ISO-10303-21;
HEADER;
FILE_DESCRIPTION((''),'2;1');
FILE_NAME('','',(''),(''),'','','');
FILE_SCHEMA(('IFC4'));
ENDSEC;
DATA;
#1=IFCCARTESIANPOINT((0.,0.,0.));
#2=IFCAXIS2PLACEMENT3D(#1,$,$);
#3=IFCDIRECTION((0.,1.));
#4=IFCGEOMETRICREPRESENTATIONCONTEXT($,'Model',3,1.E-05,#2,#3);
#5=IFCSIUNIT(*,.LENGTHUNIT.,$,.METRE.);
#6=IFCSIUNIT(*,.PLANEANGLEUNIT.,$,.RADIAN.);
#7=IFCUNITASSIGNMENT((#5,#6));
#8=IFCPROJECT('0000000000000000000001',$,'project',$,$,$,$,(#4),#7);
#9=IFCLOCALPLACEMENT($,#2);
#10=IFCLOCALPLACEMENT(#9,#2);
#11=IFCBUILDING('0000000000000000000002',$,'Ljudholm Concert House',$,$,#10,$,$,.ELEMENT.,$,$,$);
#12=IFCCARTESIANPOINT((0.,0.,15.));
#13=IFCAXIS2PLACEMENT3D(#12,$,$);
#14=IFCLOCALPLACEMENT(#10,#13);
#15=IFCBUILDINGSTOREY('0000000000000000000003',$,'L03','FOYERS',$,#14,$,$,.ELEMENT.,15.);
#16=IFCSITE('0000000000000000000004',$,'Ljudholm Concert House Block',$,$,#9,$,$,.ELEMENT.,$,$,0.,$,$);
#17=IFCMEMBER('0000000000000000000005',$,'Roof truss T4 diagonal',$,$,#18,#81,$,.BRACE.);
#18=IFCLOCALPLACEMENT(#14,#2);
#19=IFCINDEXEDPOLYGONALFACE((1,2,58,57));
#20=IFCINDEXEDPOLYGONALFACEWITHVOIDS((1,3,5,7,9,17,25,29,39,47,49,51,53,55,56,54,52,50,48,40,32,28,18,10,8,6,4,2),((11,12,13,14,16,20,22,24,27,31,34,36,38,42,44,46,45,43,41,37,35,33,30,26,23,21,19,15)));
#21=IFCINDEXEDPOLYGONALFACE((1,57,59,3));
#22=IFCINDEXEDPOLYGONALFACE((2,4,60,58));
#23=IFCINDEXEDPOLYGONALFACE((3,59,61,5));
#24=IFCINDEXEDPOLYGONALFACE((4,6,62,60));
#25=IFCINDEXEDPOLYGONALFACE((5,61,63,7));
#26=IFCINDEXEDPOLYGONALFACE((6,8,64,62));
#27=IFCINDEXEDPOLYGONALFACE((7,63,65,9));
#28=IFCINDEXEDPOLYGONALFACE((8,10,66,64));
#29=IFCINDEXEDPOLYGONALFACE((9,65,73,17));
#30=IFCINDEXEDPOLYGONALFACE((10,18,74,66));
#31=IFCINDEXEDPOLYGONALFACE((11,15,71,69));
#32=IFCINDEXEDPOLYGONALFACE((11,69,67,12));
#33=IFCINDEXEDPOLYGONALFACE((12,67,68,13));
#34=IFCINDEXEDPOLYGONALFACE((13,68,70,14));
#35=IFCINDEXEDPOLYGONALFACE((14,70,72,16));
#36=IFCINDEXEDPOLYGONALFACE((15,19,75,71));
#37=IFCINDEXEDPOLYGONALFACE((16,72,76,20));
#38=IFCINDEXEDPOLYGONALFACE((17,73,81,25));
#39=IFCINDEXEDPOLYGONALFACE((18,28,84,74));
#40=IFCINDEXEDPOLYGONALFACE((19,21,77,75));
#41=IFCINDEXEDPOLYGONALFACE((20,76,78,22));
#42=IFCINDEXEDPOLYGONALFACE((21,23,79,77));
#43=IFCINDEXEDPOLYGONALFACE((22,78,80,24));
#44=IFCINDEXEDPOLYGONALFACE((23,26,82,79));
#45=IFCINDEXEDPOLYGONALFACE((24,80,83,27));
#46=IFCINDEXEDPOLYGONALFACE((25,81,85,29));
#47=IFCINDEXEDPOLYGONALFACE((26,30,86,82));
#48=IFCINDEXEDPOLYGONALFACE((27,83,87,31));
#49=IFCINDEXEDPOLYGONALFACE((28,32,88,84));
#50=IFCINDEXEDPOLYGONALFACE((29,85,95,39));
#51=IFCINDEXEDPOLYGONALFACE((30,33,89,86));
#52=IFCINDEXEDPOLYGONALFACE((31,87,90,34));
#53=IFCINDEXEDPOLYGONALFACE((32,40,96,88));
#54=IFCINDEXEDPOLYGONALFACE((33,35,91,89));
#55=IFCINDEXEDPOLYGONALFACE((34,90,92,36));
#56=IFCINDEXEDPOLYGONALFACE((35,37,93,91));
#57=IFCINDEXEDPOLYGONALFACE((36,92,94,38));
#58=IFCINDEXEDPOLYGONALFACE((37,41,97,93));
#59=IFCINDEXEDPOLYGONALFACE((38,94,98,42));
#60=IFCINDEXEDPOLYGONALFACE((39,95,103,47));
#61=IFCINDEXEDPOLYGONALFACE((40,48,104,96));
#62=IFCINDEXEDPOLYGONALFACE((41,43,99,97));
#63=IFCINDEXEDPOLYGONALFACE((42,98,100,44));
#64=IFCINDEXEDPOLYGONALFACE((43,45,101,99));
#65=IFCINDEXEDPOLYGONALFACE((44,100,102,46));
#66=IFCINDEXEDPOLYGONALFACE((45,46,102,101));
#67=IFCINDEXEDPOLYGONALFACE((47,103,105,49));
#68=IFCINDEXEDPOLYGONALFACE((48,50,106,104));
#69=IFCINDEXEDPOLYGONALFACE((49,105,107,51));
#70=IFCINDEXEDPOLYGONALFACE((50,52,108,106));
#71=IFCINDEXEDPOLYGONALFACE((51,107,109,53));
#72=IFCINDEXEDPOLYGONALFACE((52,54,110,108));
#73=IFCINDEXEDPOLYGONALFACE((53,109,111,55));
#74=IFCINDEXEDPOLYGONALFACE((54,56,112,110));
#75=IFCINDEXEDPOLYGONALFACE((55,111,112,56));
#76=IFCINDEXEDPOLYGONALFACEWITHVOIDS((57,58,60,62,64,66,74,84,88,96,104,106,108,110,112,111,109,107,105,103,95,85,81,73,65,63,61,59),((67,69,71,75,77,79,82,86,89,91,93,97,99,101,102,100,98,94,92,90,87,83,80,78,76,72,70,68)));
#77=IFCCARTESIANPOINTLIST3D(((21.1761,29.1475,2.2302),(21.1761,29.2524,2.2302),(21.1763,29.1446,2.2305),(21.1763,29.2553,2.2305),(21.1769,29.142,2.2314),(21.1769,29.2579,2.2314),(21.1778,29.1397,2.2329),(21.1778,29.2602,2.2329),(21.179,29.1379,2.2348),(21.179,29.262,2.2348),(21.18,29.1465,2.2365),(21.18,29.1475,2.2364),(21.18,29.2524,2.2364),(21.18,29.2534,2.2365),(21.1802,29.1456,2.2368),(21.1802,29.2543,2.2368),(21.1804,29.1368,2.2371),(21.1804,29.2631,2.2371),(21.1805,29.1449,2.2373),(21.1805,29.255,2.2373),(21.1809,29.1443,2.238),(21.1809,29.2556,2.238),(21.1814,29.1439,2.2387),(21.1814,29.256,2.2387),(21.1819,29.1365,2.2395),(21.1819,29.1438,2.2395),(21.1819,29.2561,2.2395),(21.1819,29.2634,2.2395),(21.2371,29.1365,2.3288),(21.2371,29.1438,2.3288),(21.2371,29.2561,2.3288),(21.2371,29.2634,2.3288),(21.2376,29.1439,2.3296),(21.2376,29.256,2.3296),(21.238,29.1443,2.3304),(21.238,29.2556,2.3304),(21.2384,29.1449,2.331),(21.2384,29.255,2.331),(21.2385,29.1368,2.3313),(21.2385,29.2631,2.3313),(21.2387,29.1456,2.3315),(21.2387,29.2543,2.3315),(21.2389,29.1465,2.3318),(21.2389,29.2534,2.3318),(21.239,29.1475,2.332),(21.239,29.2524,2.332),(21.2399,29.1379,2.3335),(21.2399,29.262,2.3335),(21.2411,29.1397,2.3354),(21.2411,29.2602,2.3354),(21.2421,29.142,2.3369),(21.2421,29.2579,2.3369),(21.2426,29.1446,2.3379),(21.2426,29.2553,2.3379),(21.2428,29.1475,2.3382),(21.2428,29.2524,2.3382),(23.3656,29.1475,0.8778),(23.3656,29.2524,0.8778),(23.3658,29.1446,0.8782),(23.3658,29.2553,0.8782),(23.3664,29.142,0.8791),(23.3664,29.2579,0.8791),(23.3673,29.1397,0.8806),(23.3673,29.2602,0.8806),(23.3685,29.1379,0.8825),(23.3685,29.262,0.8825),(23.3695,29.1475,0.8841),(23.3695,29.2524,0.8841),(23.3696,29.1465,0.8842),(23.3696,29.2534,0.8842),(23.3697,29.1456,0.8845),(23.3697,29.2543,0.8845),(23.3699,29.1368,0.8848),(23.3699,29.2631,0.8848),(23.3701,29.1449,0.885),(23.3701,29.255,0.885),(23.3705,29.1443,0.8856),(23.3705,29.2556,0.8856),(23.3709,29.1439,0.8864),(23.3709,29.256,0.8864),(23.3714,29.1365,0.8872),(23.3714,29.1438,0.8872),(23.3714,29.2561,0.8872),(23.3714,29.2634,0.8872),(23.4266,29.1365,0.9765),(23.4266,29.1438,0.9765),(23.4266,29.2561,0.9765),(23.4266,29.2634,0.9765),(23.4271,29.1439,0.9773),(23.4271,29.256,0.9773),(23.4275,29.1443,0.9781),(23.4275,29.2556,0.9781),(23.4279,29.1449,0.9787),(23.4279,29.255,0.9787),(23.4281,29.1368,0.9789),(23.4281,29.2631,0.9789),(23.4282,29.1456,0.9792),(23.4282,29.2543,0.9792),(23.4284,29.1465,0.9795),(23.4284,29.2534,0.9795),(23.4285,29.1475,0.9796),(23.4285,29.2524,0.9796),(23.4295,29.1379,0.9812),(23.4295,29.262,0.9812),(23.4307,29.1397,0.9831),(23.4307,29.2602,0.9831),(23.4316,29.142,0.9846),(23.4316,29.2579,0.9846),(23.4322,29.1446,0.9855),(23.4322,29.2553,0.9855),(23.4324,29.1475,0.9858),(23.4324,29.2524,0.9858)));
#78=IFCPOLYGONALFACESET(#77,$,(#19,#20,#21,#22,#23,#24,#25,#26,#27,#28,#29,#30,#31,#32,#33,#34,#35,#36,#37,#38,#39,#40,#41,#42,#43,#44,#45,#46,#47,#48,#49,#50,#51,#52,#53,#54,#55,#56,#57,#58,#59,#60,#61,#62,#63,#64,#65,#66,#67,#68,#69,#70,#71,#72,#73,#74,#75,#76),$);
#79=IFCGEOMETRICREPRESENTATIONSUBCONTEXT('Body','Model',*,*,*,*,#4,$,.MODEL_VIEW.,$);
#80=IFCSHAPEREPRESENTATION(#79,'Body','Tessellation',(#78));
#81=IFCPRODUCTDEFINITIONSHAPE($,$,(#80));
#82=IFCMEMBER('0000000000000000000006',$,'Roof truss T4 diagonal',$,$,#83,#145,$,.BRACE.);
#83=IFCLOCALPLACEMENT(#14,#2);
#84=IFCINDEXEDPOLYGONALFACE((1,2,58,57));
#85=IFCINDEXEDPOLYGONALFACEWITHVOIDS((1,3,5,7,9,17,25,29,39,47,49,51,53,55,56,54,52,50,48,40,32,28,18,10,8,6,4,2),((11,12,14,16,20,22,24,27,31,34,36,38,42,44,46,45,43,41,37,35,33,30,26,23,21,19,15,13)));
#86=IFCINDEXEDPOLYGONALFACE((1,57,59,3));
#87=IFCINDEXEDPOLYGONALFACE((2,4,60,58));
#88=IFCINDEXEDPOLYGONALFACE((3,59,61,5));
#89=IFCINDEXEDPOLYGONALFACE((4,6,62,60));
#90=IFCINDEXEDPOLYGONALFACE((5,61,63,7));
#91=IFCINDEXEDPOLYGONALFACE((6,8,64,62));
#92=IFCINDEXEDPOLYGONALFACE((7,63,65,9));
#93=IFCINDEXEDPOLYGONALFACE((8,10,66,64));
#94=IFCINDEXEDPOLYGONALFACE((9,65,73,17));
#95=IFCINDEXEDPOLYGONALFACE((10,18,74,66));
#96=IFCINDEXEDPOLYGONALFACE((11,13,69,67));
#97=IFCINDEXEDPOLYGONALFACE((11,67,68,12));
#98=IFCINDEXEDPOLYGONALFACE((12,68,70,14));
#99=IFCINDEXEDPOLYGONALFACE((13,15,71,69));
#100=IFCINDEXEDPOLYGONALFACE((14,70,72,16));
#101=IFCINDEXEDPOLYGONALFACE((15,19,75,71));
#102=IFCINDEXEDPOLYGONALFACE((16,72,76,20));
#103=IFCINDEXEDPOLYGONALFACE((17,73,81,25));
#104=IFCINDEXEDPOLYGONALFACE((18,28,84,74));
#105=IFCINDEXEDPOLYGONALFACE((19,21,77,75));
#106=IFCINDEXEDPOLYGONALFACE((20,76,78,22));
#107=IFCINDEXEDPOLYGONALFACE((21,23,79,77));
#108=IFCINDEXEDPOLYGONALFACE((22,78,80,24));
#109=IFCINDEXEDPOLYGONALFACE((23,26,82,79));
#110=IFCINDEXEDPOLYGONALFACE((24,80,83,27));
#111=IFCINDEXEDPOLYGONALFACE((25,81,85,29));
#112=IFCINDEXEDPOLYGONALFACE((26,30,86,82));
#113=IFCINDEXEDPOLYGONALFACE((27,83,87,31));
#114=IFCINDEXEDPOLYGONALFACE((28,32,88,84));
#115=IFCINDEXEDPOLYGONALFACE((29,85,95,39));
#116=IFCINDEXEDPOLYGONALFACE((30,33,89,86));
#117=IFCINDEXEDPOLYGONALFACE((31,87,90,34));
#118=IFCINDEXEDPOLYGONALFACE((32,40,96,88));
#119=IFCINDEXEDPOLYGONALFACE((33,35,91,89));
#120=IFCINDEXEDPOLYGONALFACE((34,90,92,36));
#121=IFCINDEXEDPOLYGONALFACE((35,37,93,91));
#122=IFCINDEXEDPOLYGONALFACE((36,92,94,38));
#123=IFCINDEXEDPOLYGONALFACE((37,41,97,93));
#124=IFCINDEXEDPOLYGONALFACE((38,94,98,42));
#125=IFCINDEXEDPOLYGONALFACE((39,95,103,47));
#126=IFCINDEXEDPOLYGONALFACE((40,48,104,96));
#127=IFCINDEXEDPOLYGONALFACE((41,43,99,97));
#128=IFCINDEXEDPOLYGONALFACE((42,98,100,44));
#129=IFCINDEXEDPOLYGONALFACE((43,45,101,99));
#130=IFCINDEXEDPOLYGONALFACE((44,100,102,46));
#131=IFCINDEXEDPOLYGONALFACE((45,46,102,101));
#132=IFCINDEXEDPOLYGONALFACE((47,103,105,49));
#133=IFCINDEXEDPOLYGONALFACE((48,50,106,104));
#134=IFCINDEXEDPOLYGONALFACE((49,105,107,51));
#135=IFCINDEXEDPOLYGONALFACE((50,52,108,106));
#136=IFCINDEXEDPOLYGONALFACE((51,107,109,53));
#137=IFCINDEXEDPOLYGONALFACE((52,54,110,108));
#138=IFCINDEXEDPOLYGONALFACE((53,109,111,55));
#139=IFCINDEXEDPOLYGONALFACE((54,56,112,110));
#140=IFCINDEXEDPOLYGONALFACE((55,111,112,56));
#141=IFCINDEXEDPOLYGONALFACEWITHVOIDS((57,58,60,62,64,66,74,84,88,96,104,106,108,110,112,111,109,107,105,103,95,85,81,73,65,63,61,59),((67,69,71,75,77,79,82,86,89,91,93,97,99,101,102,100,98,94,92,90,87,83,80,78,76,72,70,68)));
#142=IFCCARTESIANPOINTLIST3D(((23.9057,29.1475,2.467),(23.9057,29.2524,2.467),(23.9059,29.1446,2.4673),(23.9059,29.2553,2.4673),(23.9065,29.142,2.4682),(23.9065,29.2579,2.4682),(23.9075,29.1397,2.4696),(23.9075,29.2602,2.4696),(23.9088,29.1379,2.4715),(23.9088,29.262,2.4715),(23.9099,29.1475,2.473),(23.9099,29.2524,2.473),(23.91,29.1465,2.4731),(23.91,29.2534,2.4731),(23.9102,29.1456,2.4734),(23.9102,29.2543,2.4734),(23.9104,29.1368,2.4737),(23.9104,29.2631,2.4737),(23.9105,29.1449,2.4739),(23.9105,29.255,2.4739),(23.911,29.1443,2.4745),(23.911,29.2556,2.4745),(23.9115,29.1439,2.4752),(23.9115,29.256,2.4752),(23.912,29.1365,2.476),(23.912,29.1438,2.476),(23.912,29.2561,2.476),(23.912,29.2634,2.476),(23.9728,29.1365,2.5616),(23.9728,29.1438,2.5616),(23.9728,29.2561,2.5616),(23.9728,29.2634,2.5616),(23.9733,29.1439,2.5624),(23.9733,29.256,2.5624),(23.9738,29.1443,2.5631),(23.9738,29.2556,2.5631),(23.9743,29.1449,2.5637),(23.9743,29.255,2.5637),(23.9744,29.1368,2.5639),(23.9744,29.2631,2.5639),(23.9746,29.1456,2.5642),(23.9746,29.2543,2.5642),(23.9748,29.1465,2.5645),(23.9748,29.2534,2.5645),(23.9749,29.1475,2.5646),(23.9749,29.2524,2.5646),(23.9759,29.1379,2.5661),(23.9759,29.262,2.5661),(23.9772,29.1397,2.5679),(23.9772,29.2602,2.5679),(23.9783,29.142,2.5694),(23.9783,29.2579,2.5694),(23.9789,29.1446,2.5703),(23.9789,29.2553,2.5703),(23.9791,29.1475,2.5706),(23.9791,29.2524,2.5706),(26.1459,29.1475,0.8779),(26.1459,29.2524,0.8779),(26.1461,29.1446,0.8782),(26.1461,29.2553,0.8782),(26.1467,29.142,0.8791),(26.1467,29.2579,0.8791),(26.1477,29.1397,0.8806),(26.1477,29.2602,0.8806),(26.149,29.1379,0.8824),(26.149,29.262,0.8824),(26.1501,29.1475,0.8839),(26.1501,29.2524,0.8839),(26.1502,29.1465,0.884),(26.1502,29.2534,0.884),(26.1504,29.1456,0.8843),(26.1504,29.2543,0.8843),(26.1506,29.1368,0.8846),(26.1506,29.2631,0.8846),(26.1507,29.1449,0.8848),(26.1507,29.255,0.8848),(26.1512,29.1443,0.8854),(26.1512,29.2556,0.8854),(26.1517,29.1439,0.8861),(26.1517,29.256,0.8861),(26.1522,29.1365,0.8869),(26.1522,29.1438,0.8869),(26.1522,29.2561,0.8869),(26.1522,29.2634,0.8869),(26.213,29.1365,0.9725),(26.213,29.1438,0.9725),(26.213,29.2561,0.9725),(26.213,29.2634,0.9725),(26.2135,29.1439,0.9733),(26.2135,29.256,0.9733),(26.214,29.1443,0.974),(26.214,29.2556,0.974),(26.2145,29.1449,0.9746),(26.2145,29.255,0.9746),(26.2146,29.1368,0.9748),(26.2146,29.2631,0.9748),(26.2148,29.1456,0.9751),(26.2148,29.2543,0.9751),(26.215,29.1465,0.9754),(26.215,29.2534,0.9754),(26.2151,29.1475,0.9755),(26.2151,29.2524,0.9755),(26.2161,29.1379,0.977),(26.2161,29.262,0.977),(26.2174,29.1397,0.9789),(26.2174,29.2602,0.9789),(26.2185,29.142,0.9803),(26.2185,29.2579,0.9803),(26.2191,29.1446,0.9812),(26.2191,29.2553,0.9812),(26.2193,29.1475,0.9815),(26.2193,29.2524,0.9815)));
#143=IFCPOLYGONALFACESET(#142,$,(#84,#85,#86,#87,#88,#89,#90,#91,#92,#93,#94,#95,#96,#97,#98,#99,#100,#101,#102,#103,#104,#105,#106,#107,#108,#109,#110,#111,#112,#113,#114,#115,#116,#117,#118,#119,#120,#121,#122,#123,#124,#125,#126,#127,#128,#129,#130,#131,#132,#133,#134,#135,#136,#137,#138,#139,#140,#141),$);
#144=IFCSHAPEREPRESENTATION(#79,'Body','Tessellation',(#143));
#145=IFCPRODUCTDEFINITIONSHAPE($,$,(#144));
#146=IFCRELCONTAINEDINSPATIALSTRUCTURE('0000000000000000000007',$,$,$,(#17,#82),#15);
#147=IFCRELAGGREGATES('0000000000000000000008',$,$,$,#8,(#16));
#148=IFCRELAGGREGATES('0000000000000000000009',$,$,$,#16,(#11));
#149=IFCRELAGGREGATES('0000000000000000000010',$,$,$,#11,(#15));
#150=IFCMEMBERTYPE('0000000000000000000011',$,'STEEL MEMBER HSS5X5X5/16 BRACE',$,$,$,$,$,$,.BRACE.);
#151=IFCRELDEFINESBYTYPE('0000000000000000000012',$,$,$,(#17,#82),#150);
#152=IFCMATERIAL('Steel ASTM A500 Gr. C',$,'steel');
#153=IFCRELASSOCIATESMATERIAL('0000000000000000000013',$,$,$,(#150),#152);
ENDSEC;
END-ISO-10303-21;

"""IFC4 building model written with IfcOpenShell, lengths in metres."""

from ifc_helpers import new_model, si_unit, direction, frame, origin, origin_2d, place, context, subcontext, project, spatial, hollow_rectangle, extrude, material, material_profile, profile_set, type_object, element, save


model = new_model("IFC4")

# Units and contexts
model_context = context("Model", 3, precision=1e-05, world=origin(), true_north=direction((0.0, 1.0)))
body_context = subcontext(model_context, "Body", "Model", "MODEL_VIEW")
ifc_project = project(units=[si_unit("LENGTHUNIT", "METRE"), si_unit("PLANEANGLEUNIT", "RADIAN")], contexts=[model_context])

# Site, building, storey
site_placement = place(None, origin())
site = spatial("IfcSite", under=ifc_project, at=site_placement, Name="Ljudholm Concert House Block", CompositionType="ELEMENT", RefElevation=0.0)
building_placement = place(site_placement, origin())
building = spatial("IfcBuilding", under=site, at=building_placement, Name="Ljudholm Concert House", CompositionType="ELEMENT")
storey_placement = place(building_placement, frame((0.0, 0.0, 15.0)))
storey = spatial("IfcBuildingStorey", under=building, at=storey_placement, Name="L03", Description="FOYERS", CompositionType="ELEMENT", Elevation=15.0)

# Members
ifc_material_1 = material(Name="Steel ASTM A500 Gr. C", Category="steel")
ifc_material_profile_1 = material_profile(ifc_material_1, hollow_rectangle(XDim=0.127, YDim=0.127, WallThickness=0.0073, InnerFilletRadius=0.0037, OuterFilletRadius=0.011, at=origin_2d()), Name="HSS5X5X5/16")
ifc_profile_set_1 = profile_set([ifc_material_profile_1], Name="Steel ASTM A500 Gr. C")
member_type_1 = type_object("IfcMemberType", Name="STEEL MEMBER HSS5X5X5/16 BRACE", PredefinedType="BRACE", material=ifc_profile_set_1)
member_1_placement = place(storey_placement, frame((21.2095, 29.2, 2.2842), z_axis=(0.8508, 0.0, -0.525489), x_axis=(0.0, 1.0, 0.0)))
element("IfcMember", 1, at=member_1_placement, inside=storey, type_object=member_type_1, Name="Roof truss T4 diagonal", PredefinedType="BRACE", context=body_context, shape_type="SweptSolid", body=[
    extrude(hollow_rectangle(XDim=0.127, YDim=0.127, WallThickness=0.0073, InnerFilletRadius=0.0037, OuterFilletRadius=0.011, at=origin_2d()), origin(), (0.0, 0.0, 1.0), 2.5735),
])
member_2_placement = place(storey_placement, frame((23.9424, 29.2, 2.5188), z_axis=(0.815633, 0.0, -0.57857), x_axis=(0.0, 1.0, 0.0)))
element("IfcMember", 2, at=member_2_placement, inside=storey, type_object=member_type_1, Name="Roof truss T4 diagonal", PredefinedType="BRACE", context=body_context, shape_type="SweptSolid", body=[
    extrude(hollow_rectangle(XDim=0.127, YDim=0.127, WallThickness=0.0073, InnerFilletRadius=0.0037, OuterFilletRadius=0.011, at=origin_2d()), origin(), (0.0, 0.0, 1.0), 2.7466),
])

save(model, "model.ifc")
